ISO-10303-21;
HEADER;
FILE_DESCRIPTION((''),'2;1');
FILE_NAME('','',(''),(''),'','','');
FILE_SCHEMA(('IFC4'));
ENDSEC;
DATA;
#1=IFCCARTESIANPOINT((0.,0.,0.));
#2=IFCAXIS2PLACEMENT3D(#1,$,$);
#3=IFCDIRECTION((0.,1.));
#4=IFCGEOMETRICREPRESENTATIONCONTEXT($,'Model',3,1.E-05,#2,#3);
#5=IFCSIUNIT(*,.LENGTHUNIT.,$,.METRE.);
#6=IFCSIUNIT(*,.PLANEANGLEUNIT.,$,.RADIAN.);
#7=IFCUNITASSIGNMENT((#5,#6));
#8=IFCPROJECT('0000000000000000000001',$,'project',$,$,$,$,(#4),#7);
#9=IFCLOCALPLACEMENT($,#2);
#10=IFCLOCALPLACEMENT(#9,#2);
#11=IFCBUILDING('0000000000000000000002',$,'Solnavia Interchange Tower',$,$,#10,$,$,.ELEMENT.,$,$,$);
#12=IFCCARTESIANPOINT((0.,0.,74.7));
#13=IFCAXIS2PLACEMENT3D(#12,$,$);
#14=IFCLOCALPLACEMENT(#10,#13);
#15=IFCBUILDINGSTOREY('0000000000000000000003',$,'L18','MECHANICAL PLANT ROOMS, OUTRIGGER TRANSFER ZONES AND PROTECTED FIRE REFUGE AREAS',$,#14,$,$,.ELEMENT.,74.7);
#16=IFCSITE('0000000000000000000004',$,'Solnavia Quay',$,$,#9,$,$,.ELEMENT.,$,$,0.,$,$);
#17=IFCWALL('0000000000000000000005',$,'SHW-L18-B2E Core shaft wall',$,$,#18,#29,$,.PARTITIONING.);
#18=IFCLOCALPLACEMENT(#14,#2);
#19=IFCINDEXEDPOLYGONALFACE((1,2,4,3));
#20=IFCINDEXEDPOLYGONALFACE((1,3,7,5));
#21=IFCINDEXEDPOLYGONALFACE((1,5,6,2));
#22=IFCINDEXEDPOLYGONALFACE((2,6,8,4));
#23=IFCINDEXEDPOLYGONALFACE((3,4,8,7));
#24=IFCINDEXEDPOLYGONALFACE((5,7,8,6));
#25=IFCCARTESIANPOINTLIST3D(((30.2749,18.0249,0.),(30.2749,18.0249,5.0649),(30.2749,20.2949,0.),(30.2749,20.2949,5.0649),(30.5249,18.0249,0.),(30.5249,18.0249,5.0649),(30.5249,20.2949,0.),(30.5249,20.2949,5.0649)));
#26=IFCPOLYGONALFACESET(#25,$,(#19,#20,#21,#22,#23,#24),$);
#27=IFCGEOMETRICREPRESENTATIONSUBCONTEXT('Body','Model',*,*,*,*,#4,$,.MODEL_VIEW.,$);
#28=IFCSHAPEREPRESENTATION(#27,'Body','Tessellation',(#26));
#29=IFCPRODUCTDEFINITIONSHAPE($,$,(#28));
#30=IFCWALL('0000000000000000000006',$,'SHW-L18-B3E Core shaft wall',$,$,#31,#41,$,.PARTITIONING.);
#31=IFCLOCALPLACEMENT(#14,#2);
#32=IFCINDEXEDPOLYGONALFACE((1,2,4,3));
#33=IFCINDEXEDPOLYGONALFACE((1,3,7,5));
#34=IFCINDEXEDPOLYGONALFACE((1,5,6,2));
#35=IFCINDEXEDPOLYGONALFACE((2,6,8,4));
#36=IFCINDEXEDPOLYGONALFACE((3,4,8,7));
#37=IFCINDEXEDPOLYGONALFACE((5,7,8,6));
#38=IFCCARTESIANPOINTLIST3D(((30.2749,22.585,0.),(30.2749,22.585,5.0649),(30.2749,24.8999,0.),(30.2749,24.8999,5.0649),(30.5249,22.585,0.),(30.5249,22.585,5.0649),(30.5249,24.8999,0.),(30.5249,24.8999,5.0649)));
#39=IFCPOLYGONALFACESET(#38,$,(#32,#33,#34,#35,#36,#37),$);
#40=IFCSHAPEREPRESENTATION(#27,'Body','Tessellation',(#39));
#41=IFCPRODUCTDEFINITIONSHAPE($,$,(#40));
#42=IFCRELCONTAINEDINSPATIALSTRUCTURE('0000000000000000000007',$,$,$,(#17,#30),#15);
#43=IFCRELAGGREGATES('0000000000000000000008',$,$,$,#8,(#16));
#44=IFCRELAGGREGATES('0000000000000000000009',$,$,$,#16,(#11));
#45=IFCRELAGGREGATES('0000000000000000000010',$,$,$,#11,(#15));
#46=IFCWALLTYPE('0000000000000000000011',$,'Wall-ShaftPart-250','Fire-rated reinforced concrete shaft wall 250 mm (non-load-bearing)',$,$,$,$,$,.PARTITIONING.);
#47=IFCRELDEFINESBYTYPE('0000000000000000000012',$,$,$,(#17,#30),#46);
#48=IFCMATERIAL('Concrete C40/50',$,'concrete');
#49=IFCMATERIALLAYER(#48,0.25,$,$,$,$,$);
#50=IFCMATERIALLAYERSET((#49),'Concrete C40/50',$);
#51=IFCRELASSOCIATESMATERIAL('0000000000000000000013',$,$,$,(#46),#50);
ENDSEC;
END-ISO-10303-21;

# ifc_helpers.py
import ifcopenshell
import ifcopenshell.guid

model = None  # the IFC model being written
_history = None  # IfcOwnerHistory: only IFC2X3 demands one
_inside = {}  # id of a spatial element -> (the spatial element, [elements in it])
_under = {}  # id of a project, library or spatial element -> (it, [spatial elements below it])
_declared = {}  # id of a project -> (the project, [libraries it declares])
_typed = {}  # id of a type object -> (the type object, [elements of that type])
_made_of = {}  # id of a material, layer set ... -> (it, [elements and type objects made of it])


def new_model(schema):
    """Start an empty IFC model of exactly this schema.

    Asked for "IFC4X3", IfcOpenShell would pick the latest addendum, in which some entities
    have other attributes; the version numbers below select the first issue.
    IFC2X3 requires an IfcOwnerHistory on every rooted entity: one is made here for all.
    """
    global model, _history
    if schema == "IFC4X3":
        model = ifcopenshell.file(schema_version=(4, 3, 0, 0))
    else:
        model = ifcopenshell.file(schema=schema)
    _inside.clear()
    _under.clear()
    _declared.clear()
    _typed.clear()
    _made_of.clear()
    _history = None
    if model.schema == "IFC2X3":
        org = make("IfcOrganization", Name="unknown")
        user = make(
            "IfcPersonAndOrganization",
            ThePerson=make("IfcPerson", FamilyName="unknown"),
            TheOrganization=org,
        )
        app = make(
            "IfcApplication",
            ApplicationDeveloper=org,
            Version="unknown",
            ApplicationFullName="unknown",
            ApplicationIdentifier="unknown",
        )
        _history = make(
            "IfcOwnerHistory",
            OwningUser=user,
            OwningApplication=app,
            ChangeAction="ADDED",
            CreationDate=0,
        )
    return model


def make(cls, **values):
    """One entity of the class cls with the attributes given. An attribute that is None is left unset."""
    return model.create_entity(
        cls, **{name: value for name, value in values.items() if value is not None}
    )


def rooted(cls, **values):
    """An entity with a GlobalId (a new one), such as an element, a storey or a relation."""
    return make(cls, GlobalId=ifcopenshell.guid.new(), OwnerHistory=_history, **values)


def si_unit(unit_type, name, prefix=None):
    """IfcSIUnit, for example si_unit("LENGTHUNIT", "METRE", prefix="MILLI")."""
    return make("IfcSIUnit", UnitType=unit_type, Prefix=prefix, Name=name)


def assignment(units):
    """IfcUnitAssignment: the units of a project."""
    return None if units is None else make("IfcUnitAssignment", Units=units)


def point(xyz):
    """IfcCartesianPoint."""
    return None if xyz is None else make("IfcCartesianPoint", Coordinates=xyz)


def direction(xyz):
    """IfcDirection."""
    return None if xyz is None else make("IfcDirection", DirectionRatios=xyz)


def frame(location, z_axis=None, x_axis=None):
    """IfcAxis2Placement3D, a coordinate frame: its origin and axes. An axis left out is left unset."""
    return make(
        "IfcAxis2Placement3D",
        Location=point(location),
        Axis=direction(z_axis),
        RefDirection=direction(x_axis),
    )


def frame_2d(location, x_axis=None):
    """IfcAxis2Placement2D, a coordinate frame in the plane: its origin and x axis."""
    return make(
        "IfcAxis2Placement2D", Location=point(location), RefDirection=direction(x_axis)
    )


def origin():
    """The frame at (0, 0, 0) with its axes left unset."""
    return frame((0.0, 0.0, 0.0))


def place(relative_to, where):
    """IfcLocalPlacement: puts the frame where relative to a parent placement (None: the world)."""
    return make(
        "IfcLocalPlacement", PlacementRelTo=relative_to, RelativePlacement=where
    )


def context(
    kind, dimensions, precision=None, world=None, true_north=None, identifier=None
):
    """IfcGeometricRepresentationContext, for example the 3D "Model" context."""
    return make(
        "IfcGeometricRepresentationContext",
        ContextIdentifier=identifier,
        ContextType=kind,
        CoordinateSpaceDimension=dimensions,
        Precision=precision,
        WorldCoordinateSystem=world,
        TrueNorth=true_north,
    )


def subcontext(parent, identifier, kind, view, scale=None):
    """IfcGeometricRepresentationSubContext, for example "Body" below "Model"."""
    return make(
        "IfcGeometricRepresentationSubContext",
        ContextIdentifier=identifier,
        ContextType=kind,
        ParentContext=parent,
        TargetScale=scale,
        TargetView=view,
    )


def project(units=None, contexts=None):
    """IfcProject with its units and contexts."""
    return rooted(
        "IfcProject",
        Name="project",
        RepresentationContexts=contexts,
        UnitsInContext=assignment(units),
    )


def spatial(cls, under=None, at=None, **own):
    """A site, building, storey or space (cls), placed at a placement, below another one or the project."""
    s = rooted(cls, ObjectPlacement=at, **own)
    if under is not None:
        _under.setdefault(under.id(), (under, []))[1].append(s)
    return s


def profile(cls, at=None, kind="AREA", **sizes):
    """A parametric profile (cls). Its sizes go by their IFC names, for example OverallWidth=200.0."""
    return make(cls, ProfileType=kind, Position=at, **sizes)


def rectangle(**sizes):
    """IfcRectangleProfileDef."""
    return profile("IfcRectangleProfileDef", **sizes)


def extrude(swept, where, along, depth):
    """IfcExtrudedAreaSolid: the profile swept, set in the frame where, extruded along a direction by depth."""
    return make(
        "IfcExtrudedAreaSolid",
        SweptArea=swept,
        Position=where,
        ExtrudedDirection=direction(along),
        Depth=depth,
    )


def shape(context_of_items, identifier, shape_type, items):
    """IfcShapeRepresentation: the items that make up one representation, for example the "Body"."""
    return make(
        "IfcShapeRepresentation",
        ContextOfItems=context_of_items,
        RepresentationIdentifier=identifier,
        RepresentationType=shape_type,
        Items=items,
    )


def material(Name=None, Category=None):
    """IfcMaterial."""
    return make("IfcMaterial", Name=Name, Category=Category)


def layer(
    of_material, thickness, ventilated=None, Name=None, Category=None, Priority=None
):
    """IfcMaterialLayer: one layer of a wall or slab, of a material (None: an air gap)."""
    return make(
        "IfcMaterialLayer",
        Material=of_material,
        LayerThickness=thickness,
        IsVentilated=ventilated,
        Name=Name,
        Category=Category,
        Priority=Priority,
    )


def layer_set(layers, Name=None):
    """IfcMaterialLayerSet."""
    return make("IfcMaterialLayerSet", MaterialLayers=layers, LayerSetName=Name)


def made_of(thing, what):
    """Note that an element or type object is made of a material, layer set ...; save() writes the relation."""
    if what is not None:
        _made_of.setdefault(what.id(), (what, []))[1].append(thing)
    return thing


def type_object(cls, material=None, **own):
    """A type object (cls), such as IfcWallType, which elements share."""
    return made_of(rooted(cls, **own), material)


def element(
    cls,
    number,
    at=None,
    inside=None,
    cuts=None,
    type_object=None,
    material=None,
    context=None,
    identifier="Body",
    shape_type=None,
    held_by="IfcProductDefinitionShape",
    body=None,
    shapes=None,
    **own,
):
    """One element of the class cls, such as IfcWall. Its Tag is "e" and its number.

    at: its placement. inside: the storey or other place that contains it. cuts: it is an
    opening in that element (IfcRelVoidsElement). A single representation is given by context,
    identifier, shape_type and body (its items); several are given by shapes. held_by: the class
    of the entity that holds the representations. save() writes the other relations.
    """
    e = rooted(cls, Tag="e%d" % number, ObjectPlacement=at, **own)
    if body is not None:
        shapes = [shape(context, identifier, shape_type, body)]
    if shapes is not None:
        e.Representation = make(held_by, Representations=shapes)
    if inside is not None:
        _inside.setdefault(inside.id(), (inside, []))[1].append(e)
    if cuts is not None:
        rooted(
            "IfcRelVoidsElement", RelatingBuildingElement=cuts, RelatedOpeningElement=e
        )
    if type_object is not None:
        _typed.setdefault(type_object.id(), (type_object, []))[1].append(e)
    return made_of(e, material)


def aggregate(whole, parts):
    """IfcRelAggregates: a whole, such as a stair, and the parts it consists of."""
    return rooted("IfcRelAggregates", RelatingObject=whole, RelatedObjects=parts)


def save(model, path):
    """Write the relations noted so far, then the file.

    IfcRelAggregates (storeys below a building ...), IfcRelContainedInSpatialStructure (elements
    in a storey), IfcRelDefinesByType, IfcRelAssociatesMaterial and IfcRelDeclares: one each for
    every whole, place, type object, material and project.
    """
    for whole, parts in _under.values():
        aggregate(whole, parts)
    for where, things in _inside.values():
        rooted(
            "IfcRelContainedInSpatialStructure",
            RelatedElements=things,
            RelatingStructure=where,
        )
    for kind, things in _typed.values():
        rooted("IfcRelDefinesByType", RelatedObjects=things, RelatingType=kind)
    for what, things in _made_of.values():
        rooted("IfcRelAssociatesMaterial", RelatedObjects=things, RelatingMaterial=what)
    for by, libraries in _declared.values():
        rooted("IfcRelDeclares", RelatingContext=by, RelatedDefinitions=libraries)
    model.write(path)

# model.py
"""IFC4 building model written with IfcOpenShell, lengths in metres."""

from ifc_helpers import new_model, si_unit, direction, frame, frame_2d, origin, place, context, subcontext, project, spatial, rectangle, extrude, material, layer, layer_set, type_object, element, save


model = new_model("IFC4")

# Units and contexts
model_context = context("Model", 3, precision=1e-05, world=origin(), true_north=direction((0.0, 1.0)))
body_context = subcontext(model_context, "Body", "Model", "MODEL_VIEW")
ifc_project = project(units=[si_unit("LENGTHUNIT", "METRE"), si_unit("PLANEANGLEUNIT", "RADIAN")], contexts=[model_context])

# Site, building, storey
site_placement = place(None, origin())
site = spatial("IfcSite", under=ifc_project, at=site_placement, Name="Solnavia Quay", CompositionType="ELEMENT", RefElevation=0.0)
building_placement = place(site_placement, origin())
building = spatial("IfcBuilding", under=site, at=building_placement, Name="Solnavia Interchange Tower", CompositionType="ELEMENT")
storey_placement = place(building_placement, frame((0.0, 0.0, 74.7)))
storey = spatial("IfcBuildingStorey", under=building, at=storey_placement, Name="L18", Description="MECHANICAL PLANT ROOMS, OUTRIGGER TRANSFER ZONES AND PROTECTED FIRE REFUGE AREAS", CompositionType="ELEMENT", Elevation=74.7)

# Shared definitions
ifc_material_1 = material(Name="Concrete C40/50", Category="concrete")

# Shared definitions
ifc_layer_1 = layer(ifc_material_1, 0.25)
ifc_layer_set_1 = layer_set([ifc_layer_1], Name="Concrete C40/50")
wall_type_1 = type_object("IfcWallType", Name="Wall-ShaftPart-250", Description="Fire-rated reinforced concrete shaft wall 250 mm (non-load-bearing)", PredefinedType="PARTITIONING", material=ifc_layer_set_1)

# Walls
wall_1_placement = place(storey_placement, frame((30.3999, 18.0249, 0.0), z_axis=(0.0, 0.0, 1.0), x_axis=(0.0, 1.0, 0.0)))
element("IfcWall", 1, at=wall_1_placement, inside=storey, type_object=wall_type_1, Name="SHW-L18-B2E Core shaft wall", PredefinedType="PARTITIONING", context=body_context, shape_type="SweptSolid", body=[
    extrude(rectangle(XDim=2.27, YDim=0.25, at=frame_2d((1.135, 0.0))), origin(), (0.0, 0.0, 1.0), 5.0649),
])
wall_2_placement = place(storey_placement, frame((30.3999, 22.585, 0.0), z_axis=(0.0, 0.0, 1.0), x_axis=(0.0, 1.0, 0.0)))
element("IfcWall", 2, at=wall_2_placement, inside=storey, type_object=wall_type_1, Name="SHW-L18-B3E Core shaft wall", PredefinedType="PARTITIONING", context=body_context, shape_type="SweptSolid", body=[
    extrude(rectangle(XDim=2.3149, YDim=0.25, at=frame_2d((1.1575, 0.0))), origin(), (0.0, 0.0, 1.0), 5.0649),
])

save(model, "model.ifc")
